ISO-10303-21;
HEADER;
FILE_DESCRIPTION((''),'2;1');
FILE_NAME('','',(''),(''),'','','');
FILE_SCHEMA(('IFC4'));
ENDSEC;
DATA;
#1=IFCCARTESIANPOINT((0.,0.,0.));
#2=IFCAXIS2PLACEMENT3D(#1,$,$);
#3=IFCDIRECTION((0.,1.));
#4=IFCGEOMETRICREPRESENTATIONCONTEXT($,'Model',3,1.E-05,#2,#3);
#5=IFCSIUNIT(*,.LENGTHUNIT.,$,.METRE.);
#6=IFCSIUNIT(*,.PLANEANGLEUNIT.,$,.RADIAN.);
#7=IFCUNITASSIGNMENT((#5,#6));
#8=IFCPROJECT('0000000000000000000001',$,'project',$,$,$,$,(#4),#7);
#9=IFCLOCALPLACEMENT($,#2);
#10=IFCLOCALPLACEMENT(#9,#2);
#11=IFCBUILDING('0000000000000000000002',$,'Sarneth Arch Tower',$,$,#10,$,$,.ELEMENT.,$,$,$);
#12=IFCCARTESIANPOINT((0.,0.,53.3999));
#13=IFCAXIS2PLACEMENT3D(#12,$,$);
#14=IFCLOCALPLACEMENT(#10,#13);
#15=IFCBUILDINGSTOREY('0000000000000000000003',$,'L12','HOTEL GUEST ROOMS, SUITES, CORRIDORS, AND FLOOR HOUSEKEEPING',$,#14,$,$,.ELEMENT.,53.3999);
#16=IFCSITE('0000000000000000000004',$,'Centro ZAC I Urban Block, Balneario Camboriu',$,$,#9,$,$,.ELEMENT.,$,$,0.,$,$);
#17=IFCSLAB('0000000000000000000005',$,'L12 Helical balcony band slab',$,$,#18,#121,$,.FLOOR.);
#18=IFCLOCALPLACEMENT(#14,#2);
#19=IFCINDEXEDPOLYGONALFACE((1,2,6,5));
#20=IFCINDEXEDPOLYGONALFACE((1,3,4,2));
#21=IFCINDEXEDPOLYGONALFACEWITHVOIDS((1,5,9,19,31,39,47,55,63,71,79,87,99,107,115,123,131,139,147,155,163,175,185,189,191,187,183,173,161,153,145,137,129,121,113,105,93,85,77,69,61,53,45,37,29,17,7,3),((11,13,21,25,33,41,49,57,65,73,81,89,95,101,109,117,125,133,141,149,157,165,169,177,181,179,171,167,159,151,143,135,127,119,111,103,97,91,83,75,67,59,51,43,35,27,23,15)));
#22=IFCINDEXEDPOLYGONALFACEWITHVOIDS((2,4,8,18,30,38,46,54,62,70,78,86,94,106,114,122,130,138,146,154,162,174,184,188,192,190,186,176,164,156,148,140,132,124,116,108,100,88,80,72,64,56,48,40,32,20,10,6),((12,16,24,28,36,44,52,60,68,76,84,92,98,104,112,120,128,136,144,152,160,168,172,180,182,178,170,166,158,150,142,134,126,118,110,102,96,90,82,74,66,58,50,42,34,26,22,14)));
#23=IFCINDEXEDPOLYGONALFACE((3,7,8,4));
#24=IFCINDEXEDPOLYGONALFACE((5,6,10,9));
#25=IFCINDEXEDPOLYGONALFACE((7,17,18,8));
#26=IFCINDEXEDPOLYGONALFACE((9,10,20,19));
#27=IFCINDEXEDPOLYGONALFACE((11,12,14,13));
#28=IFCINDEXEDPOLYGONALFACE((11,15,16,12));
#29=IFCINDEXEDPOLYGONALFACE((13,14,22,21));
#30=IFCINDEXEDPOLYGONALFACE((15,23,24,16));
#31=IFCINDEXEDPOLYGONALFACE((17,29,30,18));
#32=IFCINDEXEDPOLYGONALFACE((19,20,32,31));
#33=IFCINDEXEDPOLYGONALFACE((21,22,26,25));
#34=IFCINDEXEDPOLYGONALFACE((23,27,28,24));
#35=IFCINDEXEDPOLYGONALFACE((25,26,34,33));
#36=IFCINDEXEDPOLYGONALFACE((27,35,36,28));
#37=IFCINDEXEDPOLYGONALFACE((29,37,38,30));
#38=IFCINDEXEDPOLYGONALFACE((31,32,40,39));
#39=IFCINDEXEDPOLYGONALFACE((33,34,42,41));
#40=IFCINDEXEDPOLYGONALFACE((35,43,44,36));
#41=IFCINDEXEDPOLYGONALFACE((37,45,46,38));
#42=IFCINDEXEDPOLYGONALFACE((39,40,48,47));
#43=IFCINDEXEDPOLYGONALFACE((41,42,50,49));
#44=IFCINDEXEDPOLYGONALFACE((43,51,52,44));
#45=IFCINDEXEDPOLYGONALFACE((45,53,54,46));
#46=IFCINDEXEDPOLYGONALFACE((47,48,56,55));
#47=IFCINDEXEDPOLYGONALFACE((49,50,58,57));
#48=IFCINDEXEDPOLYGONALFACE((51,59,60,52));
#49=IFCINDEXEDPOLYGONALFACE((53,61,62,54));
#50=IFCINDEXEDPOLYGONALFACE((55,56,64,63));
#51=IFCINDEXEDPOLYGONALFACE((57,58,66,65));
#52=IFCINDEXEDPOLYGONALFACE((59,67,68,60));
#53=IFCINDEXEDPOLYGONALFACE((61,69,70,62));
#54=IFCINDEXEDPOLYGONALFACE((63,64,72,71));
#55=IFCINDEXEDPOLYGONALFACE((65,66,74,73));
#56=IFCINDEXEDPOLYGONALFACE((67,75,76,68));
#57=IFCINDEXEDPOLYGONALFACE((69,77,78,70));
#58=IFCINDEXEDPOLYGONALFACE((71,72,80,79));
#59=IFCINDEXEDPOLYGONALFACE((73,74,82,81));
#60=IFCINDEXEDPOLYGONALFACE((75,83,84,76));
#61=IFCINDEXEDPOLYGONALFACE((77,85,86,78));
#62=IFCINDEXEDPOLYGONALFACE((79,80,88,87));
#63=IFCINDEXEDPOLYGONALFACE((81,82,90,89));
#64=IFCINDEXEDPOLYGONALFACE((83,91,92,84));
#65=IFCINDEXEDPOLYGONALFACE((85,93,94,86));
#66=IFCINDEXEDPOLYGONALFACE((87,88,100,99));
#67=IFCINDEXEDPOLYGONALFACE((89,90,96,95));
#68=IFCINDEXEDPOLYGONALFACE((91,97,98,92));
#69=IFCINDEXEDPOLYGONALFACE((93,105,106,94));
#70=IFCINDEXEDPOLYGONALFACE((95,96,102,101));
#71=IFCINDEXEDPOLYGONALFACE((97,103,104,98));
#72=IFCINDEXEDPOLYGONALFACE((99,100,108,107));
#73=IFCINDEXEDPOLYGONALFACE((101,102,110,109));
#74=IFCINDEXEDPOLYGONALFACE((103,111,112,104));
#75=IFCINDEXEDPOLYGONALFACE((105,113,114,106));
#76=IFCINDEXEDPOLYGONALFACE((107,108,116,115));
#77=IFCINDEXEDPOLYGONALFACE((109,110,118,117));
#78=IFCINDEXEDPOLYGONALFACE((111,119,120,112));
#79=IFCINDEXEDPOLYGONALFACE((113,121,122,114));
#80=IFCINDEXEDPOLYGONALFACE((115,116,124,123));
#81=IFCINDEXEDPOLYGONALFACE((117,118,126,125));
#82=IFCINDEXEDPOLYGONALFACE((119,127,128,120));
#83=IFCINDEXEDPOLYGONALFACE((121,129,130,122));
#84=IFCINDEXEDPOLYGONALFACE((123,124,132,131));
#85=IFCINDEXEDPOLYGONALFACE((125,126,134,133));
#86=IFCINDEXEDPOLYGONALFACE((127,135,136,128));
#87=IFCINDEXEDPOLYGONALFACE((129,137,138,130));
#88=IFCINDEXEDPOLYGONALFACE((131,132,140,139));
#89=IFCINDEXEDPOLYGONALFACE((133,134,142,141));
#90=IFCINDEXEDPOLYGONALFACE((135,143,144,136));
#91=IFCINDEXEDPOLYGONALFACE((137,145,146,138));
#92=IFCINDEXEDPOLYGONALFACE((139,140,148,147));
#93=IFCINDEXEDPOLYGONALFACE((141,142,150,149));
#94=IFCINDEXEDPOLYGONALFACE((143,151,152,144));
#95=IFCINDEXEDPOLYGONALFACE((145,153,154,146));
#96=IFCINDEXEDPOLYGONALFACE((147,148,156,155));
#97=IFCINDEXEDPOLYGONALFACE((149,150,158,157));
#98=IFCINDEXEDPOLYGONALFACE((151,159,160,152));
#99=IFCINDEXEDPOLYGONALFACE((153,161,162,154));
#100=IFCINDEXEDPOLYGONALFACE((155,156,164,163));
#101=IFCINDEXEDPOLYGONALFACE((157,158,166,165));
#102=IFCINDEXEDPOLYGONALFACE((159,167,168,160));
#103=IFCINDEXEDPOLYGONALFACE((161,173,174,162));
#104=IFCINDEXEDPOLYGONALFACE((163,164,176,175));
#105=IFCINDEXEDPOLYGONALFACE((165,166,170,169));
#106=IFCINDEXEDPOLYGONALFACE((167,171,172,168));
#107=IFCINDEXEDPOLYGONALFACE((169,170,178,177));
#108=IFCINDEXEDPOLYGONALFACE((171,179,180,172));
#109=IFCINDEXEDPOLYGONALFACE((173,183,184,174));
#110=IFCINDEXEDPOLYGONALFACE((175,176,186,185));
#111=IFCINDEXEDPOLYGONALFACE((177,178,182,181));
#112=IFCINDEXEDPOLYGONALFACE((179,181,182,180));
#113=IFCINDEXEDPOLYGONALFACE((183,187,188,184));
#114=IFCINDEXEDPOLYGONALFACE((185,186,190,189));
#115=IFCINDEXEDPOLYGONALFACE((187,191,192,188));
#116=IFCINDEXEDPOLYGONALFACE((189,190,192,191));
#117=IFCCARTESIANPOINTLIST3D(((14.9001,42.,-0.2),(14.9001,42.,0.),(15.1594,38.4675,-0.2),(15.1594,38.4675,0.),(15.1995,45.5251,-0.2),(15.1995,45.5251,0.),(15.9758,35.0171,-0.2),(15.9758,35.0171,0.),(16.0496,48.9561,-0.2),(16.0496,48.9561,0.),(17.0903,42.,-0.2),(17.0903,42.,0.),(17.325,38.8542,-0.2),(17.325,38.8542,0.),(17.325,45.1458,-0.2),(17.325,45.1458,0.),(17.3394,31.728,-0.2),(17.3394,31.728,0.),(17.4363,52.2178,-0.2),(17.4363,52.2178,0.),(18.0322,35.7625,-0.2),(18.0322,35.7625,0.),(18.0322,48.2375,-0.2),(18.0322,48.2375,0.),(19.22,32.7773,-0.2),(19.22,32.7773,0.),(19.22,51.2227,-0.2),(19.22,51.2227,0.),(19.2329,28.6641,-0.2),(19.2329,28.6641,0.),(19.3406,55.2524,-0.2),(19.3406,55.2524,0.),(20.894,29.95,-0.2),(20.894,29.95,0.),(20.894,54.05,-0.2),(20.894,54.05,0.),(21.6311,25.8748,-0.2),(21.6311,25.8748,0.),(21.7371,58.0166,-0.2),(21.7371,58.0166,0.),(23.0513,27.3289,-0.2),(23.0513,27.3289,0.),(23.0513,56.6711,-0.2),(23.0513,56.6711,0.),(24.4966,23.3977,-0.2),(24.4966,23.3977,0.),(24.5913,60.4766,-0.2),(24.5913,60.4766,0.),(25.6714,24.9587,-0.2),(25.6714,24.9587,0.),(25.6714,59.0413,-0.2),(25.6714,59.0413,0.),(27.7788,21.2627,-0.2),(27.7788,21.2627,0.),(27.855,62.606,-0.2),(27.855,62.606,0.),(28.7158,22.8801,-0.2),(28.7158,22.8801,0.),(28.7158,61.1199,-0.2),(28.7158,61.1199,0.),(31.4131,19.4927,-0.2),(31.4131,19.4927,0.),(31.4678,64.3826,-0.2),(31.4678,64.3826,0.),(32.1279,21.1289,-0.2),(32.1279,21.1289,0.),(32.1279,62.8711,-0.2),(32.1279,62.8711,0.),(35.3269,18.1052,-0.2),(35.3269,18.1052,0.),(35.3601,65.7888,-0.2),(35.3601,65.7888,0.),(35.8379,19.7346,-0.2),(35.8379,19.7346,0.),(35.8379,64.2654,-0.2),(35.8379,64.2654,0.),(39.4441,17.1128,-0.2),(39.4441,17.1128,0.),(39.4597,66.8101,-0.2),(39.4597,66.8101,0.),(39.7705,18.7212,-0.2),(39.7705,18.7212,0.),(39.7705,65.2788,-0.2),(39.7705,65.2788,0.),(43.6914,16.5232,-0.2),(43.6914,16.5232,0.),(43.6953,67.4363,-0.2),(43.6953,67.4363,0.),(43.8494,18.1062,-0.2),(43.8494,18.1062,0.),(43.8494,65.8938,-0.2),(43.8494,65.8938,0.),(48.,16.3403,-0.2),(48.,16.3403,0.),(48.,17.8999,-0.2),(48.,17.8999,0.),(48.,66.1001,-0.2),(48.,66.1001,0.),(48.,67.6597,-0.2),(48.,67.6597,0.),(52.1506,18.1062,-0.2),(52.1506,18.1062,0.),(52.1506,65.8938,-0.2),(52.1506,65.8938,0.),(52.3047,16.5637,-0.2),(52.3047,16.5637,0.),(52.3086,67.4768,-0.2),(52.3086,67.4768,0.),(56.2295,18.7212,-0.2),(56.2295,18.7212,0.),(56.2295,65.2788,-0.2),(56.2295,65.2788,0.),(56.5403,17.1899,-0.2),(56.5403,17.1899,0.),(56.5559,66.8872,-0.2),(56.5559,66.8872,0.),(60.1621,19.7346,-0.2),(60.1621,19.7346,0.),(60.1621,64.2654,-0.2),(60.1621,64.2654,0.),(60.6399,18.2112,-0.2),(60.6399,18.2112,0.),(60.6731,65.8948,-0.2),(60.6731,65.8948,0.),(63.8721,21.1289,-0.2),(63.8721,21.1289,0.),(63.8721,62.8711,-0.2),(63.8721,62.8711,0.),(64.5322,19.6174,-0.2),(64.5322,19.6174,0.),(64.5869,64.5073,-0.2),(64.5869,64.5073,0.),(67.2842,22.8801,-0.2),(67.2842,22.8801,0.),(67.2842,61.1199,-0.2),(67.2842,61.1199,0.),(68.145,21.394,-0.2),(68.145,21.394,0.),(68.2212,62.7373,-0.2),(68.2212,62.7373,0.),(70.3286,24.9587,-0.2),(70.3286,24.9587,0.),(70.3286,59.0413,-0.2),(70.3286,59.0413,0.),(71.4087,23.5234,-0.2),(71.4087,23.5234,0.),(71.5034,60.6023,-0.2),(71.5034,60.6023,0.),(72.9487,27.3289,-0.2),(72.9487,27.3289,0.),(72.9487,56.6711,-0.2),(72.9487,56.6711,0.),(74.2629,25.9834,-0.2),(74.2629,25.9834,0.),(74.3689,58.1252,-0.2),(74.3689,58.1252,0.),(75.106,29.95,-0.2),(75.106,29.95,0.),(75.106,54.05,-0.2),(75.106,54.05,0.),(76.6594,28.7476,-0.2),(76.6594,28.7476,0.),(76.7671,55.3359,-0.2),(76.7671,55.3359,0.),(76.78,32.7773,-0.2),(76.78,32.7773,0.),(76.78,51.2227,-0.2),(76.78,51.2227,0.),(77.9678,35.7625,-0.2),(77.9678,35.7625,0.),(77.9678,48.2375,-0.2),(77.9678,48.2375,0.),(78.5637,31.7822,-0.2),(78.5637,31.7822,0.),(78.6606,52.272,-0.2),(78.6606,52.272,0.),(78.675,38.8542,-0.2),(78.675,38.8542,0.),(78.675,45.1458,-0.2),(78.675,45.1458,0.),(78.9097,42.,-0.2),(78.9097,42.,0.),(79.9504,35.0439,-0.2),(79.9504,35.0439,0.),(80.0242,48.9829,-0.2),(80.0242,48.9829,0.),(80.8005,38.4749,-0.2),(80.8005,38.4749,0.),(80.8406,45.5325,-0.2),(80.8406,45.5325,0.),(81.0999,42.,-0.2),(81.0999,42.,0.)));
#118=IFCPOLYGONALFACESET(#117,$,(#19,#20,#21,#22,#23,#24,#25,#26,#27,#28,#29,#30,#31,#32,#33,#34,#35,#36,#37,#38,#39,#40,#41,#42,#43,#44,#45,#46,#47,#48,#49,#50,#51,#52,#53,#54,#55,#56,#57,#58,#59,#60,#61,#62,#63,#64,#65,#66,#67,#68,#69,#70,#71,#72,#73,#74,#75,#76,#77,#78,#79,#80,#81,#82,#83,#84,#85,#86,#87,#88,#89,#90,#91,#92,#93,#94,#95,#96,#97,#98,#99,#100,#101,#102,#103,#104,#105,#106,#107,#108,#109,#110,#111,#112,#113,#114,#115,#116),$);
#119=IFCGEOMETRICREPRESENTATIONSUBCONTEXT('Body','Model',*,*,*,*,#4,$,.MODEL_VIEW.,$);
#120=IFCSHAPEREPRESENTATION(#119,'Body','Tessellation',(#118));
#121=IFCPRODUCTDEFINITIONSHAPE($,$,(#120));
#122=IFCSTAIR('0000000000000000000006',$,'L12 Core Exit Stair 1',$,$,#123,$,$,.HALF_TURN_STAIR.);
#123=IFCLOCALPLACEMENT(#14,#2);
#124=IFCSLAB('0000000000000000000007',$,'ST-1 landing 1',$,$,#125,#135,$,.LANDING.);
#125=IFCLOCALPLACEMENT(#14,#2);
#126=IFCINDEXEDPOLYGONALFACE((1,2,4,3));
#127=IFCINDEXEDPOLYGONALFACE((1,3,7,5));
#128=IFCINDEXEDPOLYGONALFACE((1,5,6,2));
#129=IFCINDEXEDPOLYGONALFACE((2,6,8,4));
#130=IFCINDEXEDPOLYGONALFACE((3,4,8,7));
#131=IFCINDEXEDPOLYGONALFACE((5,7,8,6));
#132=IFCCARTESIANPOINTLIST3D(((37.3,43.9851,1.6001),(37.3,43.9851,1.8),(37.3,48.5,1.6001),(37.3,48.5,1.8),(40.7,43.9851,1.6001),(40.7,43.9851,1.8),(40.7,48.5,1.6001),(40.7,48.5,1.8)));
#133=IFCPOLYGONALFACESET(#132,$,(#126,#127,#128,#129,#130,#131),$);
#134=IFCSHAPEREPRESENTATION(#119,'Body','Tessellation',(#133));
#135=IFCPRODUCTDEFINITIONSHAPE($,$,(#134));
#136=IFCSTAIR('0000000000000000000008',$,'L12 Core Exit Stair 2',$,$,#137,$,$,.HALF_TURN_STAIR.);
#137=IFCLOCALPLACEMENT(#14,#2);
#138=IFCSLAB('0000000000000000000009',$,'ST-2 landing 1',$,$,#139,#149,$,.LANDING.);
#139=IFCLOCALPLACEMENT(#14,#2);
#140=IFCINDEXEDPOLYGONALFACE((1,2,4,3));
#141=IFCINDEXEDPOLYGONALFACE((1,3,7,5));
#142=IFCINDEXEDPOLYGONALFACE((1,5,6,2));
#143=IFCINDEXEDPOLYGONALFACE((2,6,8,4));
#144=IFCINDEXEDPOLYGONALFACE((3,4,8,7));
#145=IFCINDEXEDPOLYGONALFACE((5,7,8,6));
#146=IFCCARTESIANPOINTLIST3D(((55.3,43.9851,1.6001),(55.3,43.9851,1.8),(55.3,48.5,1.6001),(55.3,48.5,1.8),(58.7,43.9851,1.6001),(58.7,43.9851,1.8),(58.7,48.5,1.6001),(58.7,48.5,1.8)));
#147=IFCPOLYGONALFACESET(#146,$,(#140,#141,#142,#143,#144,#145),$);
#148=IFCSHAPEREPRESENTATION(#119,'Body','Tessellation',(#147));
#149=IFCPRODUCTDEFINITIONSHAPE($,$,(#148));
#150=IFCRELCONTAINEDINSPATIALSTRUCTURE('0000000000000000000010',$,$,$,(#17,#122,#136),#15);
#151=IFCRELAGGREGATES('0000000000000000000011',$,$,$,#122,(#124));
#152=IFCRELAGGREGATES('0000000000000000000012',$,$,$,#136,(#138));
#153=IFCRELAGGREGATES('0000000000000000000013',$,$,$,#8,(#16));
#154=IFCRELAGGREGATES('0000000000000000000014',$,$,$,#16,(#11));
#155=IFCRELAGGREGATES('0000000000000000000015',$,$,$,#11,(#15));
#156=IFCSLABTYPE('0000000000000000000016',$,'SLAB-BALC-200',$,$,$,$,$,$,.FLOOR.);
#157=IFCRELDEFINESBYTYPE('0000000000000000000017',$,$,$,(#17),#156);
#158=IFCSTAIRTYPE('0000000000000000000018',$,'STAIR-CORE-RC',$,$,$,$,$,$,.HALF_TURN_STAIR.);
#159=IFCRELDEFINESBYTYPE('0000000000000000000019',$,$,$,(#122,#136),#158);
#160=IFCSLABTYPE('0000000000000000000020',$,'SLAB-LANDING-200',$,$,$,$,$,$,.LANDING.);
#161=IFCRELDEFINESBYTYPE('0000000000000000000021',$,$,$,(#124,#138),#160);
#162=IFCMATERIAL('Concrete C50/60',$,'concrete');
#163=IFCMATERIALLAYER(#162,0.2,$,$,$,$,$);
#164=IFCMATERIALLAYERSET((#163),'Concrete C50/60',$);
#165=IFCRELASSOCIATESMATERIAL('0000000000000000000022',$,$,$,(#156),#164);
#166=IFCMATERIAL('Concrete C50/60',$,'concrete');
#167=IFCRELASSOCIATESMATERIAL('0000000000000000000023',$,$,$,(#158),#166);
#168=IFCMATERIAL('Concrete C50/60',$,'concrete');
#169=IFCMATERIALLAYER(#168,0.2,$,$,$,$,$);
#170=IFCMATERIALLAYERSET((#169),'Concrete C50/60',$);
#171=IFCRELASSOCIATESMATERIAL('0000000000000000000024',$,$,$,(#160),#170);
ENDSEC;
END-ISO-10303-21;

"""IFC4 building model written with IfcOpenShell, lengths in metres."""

from ifc_helpers import new_model, si_unit, direction, frame, origin, place, context, subcontext, project, spatial, polyline, outline, extrude, material, layer, layer_set, type_object, element, aggregate, save


model = new_model("IFC4")

# Units and contexts
model_context = context("Model", 3, precision=1e-05, world=origin(), true_north=direction((0.0, 1.0)))
body_context = subcontext(model_context, "Body", "Model", "MODEL_VIEW")
ifc_project = project(units=[si_unit("LENGTHUNIT", "METRE"), si_unit("PLANEANGLEUNIT", "RADIAN")], contexts=[model_context])

# Site, building, storey
site_placement = place(None, origin())
site = spatial("IfcSite", under=ifc_project, at=site_placement, Name="Centro ZAC I Urban Block, Balneario Camboriu", CompositionType="ELEMENT", RefElevation=0.0)
building_placement = place(site_placement, origin())
building = spatial("IfcBuilding", under=site, at=building_placement, Name="Sarneth Arch Tower", CompositionType="ELEMENT")
storey_placement = place(building_placement, frame((0.0, 0.0, 53.3999)))
storey = spatial("IfcBuildingStorey", under=building, at=storey_placement, Name="L12", Description="HOTEL GUEST ROOMS, SUITES, CORRIDORS, AND FLOOR HOUSEKEEPING", CompositionType="ELEMENT", Elevation=53.3999)

# Slab
ifc_material_1 = material(Name="Concrete C50/60", Category="concrete")
ifc_layer_1 = layer(ifc_material_1, 0.2)
ifc_layer_set_1 = layer_set([ifc_layer_1], Name="Concrete C50/60")
slab_type_1 = type_object("IfcSlabType", Name="SLAB-BALC-200", PredefinedType="FLOOR", material=ifc_layer_set_1)
slab_1_placement = place(storey_placement, frame((0.0, 0.0, -0.2)))
element("IfcSlab", 1, at=slab_1_placement, inside=storey, type_object=slab_type_1, Name="L12 Helical balcony band slab", PredefinedType="FLOOR", context=body_context, shape_type="SweptSolid", body=[
    extrude(outline(polyline([(81.0999, 42.0), (80.8406, 45.5325), (80.0242, 48.9829), (78.6606, 52.272), (76.7671, 55.3359), (74.3689, 58.1252), (71.5034, 60.6023), (68.2212, 62.7373), (64.5869, 64.5073), (60.6731, 65.8948), (56.5559, 66.8872), (52.3086, 67.4768), (48.0, 67.6597), (43.6953, 67.4363), (39.4597, 66.8101), (35.3601, 65.7888), (31.4678, 64.3826), (27.855, 62.606), (24.5913, 60.4766), (21.7371, 58.0166), (19.3406, 55.2524), (17.4363, 52.2178), (16.0496, 48.9561), (15.1995, 45.5251), (14.9001, 42.0), (15.1594, 38.4675), (15.9758, 35.0171), (17.3394, 31.728), (19.2329, 28.6641), (21.6311, 25.8748), (24.4966, 23.3977), (27.7788, 21.2627), (31.4131, 19.4927), (35.3269, 18.1052), (39.4441, 17.1128), (43.6914, 16.5232), (48.0, 16.3403), (52.3047, 16.5637), (56.5403, 17.1899), (60.6399, 18.2112), (64.5322, 19.6174), (68.145, 21.394), (71.4087, 23.5234), (74.2629, 25.9834), (76.6594, 28.7476), (78.5637, 31.7822), (79.9504, 35.0439), (80.8005, 38.4749), (81.0999, 42.0)]), holes=[polyline([(78.9097, 42.0), (78.675, 45.1458), (77.9678, 48.2375), (76.78, 51.2227), (75.106, 54.05), (72.9487, 56.6711), (70.3286, 59.0413), (67.2842, 61.1199), (63.8721, 62.8711), (60.1621, 64.2654), (56.2295, 65.2788), (52.1506, 65.8938), (48.0, 66.1001), (43.8494, 65.8938), (39.7705, 65.2788), (35.8379, 64.2654), (32.1279, 62.8711), (28.7158, 61.1199), (25.6714, 59.0413), (23.0513, 56.6711), (20.894, 54.05), (19.22, 51.2227), (18.0322, 48.2375), (17.325, 45.1458), (17.0903, 42.0), (17.325, 38.8542), (18.0322, 35.7625), (19.22, 32.7773), (20.894, 29.95), (23.0513, 27.3289), (25.6714, 24.9587), (28.7158, 22.8801), (32.1279, 21.1289), (35.8379, 19.7346), (39.7705, 18.7212), (43.8494, 18.1062), (48.0, 17.8999), (52.1506, 18.1062), (56.2295, 18.7212), (60.1621, 19.7346), (63.8721, 21.1289), (67.2842, 22.8801), (70.3286, 24.9587), (72.9487, 27.3289), (75.106, 29.95), (76.78, 32.7773), (77.9678, 35.7625), (78.675, 38.8542), (78.9097, 42.0)])]), origin(), (0.0, 0.0, 1.0), 0.2),
])

# Stairs, slabs
ifc_material_2 = material(Name="Concrete C50/60", Category="concrete")
stair_type = type_object("IfcStairType", Name="STAIR-CORE-RC", PredefinedType="HALF_TURN_STAIR", material=ifc_material_2)
stair_1_placement = place(storey_placement, origin())
stair_1 = element("IfcStair", 2, at=stair_1_placement, inside=storey, type_object=stair_type, Name="L12 Core Exit Stair 1", PredefinedType="HALF_TURN_STAIR")
ifc_material_3 = material(Name="Concrete C50/60", Category="concrete")
ifc_layer_2 = layer(ifc_material_3, 0.2)
ifc_layer_set_2 = layer_set([ifc_layer_2], Name="Concrete C50/60")
slab_type_2 = type_object("IfcSlabType", Name="SLAB-LANDING-200", PredefinedType="LANDING", material=ifc_layer_set_2)
slab_2_placement = place(storey_placement, frame((0.0, 0.0, 1.6001)))
slab_2 = element("IfcSlab", 3, at=slab_2_placement, type_object=slab_type_2, Name="ST-1 landing 1", PredefinedType="LANDING", context=body_context, shape_type="SweptSolid", body=[
    extrude(outline(polyline([(37.3, 43.9851), (40.7, 43.9851), (40.7, 48.5), (37.3, 48.5), (37.3, 43.9851)])), origin(), (0.0, 0.0, 1.0), 0.2),
])
aggregate(stair_1, [slab_2])
stair_2_placement = place(storey_placement, origin())
stair_2 = element("IfcStair", 4, at=stair_2_placement, inside=storey, type_object=stair_type, Name="L12 Core Exit Stair 2", PredefinedType="HALF_TURN_STAIR")
slab_3_placement = place(storey_placement, frame((0.0, 0.0, 1.6001)))
slab_3 = element("IfcSlab", 5, at=slab_3_placement, type_object=slab_type_2, Name="ST-2 landing 1", PredefinedType="LANDING", context=body_context, shape_type="SweptSolid", body=[
    extrude(outline(polyline([(55.3, 43.9851), (58.7, 43.9851), (58.7, 48.5), (55.3, 48.5), (55.3, 43.9851)])), origin(), (0.0, 0.0, 1.0), 0.2),
])
aggregate(stair_2, [slab_3])

save(model, "model.ifc")
